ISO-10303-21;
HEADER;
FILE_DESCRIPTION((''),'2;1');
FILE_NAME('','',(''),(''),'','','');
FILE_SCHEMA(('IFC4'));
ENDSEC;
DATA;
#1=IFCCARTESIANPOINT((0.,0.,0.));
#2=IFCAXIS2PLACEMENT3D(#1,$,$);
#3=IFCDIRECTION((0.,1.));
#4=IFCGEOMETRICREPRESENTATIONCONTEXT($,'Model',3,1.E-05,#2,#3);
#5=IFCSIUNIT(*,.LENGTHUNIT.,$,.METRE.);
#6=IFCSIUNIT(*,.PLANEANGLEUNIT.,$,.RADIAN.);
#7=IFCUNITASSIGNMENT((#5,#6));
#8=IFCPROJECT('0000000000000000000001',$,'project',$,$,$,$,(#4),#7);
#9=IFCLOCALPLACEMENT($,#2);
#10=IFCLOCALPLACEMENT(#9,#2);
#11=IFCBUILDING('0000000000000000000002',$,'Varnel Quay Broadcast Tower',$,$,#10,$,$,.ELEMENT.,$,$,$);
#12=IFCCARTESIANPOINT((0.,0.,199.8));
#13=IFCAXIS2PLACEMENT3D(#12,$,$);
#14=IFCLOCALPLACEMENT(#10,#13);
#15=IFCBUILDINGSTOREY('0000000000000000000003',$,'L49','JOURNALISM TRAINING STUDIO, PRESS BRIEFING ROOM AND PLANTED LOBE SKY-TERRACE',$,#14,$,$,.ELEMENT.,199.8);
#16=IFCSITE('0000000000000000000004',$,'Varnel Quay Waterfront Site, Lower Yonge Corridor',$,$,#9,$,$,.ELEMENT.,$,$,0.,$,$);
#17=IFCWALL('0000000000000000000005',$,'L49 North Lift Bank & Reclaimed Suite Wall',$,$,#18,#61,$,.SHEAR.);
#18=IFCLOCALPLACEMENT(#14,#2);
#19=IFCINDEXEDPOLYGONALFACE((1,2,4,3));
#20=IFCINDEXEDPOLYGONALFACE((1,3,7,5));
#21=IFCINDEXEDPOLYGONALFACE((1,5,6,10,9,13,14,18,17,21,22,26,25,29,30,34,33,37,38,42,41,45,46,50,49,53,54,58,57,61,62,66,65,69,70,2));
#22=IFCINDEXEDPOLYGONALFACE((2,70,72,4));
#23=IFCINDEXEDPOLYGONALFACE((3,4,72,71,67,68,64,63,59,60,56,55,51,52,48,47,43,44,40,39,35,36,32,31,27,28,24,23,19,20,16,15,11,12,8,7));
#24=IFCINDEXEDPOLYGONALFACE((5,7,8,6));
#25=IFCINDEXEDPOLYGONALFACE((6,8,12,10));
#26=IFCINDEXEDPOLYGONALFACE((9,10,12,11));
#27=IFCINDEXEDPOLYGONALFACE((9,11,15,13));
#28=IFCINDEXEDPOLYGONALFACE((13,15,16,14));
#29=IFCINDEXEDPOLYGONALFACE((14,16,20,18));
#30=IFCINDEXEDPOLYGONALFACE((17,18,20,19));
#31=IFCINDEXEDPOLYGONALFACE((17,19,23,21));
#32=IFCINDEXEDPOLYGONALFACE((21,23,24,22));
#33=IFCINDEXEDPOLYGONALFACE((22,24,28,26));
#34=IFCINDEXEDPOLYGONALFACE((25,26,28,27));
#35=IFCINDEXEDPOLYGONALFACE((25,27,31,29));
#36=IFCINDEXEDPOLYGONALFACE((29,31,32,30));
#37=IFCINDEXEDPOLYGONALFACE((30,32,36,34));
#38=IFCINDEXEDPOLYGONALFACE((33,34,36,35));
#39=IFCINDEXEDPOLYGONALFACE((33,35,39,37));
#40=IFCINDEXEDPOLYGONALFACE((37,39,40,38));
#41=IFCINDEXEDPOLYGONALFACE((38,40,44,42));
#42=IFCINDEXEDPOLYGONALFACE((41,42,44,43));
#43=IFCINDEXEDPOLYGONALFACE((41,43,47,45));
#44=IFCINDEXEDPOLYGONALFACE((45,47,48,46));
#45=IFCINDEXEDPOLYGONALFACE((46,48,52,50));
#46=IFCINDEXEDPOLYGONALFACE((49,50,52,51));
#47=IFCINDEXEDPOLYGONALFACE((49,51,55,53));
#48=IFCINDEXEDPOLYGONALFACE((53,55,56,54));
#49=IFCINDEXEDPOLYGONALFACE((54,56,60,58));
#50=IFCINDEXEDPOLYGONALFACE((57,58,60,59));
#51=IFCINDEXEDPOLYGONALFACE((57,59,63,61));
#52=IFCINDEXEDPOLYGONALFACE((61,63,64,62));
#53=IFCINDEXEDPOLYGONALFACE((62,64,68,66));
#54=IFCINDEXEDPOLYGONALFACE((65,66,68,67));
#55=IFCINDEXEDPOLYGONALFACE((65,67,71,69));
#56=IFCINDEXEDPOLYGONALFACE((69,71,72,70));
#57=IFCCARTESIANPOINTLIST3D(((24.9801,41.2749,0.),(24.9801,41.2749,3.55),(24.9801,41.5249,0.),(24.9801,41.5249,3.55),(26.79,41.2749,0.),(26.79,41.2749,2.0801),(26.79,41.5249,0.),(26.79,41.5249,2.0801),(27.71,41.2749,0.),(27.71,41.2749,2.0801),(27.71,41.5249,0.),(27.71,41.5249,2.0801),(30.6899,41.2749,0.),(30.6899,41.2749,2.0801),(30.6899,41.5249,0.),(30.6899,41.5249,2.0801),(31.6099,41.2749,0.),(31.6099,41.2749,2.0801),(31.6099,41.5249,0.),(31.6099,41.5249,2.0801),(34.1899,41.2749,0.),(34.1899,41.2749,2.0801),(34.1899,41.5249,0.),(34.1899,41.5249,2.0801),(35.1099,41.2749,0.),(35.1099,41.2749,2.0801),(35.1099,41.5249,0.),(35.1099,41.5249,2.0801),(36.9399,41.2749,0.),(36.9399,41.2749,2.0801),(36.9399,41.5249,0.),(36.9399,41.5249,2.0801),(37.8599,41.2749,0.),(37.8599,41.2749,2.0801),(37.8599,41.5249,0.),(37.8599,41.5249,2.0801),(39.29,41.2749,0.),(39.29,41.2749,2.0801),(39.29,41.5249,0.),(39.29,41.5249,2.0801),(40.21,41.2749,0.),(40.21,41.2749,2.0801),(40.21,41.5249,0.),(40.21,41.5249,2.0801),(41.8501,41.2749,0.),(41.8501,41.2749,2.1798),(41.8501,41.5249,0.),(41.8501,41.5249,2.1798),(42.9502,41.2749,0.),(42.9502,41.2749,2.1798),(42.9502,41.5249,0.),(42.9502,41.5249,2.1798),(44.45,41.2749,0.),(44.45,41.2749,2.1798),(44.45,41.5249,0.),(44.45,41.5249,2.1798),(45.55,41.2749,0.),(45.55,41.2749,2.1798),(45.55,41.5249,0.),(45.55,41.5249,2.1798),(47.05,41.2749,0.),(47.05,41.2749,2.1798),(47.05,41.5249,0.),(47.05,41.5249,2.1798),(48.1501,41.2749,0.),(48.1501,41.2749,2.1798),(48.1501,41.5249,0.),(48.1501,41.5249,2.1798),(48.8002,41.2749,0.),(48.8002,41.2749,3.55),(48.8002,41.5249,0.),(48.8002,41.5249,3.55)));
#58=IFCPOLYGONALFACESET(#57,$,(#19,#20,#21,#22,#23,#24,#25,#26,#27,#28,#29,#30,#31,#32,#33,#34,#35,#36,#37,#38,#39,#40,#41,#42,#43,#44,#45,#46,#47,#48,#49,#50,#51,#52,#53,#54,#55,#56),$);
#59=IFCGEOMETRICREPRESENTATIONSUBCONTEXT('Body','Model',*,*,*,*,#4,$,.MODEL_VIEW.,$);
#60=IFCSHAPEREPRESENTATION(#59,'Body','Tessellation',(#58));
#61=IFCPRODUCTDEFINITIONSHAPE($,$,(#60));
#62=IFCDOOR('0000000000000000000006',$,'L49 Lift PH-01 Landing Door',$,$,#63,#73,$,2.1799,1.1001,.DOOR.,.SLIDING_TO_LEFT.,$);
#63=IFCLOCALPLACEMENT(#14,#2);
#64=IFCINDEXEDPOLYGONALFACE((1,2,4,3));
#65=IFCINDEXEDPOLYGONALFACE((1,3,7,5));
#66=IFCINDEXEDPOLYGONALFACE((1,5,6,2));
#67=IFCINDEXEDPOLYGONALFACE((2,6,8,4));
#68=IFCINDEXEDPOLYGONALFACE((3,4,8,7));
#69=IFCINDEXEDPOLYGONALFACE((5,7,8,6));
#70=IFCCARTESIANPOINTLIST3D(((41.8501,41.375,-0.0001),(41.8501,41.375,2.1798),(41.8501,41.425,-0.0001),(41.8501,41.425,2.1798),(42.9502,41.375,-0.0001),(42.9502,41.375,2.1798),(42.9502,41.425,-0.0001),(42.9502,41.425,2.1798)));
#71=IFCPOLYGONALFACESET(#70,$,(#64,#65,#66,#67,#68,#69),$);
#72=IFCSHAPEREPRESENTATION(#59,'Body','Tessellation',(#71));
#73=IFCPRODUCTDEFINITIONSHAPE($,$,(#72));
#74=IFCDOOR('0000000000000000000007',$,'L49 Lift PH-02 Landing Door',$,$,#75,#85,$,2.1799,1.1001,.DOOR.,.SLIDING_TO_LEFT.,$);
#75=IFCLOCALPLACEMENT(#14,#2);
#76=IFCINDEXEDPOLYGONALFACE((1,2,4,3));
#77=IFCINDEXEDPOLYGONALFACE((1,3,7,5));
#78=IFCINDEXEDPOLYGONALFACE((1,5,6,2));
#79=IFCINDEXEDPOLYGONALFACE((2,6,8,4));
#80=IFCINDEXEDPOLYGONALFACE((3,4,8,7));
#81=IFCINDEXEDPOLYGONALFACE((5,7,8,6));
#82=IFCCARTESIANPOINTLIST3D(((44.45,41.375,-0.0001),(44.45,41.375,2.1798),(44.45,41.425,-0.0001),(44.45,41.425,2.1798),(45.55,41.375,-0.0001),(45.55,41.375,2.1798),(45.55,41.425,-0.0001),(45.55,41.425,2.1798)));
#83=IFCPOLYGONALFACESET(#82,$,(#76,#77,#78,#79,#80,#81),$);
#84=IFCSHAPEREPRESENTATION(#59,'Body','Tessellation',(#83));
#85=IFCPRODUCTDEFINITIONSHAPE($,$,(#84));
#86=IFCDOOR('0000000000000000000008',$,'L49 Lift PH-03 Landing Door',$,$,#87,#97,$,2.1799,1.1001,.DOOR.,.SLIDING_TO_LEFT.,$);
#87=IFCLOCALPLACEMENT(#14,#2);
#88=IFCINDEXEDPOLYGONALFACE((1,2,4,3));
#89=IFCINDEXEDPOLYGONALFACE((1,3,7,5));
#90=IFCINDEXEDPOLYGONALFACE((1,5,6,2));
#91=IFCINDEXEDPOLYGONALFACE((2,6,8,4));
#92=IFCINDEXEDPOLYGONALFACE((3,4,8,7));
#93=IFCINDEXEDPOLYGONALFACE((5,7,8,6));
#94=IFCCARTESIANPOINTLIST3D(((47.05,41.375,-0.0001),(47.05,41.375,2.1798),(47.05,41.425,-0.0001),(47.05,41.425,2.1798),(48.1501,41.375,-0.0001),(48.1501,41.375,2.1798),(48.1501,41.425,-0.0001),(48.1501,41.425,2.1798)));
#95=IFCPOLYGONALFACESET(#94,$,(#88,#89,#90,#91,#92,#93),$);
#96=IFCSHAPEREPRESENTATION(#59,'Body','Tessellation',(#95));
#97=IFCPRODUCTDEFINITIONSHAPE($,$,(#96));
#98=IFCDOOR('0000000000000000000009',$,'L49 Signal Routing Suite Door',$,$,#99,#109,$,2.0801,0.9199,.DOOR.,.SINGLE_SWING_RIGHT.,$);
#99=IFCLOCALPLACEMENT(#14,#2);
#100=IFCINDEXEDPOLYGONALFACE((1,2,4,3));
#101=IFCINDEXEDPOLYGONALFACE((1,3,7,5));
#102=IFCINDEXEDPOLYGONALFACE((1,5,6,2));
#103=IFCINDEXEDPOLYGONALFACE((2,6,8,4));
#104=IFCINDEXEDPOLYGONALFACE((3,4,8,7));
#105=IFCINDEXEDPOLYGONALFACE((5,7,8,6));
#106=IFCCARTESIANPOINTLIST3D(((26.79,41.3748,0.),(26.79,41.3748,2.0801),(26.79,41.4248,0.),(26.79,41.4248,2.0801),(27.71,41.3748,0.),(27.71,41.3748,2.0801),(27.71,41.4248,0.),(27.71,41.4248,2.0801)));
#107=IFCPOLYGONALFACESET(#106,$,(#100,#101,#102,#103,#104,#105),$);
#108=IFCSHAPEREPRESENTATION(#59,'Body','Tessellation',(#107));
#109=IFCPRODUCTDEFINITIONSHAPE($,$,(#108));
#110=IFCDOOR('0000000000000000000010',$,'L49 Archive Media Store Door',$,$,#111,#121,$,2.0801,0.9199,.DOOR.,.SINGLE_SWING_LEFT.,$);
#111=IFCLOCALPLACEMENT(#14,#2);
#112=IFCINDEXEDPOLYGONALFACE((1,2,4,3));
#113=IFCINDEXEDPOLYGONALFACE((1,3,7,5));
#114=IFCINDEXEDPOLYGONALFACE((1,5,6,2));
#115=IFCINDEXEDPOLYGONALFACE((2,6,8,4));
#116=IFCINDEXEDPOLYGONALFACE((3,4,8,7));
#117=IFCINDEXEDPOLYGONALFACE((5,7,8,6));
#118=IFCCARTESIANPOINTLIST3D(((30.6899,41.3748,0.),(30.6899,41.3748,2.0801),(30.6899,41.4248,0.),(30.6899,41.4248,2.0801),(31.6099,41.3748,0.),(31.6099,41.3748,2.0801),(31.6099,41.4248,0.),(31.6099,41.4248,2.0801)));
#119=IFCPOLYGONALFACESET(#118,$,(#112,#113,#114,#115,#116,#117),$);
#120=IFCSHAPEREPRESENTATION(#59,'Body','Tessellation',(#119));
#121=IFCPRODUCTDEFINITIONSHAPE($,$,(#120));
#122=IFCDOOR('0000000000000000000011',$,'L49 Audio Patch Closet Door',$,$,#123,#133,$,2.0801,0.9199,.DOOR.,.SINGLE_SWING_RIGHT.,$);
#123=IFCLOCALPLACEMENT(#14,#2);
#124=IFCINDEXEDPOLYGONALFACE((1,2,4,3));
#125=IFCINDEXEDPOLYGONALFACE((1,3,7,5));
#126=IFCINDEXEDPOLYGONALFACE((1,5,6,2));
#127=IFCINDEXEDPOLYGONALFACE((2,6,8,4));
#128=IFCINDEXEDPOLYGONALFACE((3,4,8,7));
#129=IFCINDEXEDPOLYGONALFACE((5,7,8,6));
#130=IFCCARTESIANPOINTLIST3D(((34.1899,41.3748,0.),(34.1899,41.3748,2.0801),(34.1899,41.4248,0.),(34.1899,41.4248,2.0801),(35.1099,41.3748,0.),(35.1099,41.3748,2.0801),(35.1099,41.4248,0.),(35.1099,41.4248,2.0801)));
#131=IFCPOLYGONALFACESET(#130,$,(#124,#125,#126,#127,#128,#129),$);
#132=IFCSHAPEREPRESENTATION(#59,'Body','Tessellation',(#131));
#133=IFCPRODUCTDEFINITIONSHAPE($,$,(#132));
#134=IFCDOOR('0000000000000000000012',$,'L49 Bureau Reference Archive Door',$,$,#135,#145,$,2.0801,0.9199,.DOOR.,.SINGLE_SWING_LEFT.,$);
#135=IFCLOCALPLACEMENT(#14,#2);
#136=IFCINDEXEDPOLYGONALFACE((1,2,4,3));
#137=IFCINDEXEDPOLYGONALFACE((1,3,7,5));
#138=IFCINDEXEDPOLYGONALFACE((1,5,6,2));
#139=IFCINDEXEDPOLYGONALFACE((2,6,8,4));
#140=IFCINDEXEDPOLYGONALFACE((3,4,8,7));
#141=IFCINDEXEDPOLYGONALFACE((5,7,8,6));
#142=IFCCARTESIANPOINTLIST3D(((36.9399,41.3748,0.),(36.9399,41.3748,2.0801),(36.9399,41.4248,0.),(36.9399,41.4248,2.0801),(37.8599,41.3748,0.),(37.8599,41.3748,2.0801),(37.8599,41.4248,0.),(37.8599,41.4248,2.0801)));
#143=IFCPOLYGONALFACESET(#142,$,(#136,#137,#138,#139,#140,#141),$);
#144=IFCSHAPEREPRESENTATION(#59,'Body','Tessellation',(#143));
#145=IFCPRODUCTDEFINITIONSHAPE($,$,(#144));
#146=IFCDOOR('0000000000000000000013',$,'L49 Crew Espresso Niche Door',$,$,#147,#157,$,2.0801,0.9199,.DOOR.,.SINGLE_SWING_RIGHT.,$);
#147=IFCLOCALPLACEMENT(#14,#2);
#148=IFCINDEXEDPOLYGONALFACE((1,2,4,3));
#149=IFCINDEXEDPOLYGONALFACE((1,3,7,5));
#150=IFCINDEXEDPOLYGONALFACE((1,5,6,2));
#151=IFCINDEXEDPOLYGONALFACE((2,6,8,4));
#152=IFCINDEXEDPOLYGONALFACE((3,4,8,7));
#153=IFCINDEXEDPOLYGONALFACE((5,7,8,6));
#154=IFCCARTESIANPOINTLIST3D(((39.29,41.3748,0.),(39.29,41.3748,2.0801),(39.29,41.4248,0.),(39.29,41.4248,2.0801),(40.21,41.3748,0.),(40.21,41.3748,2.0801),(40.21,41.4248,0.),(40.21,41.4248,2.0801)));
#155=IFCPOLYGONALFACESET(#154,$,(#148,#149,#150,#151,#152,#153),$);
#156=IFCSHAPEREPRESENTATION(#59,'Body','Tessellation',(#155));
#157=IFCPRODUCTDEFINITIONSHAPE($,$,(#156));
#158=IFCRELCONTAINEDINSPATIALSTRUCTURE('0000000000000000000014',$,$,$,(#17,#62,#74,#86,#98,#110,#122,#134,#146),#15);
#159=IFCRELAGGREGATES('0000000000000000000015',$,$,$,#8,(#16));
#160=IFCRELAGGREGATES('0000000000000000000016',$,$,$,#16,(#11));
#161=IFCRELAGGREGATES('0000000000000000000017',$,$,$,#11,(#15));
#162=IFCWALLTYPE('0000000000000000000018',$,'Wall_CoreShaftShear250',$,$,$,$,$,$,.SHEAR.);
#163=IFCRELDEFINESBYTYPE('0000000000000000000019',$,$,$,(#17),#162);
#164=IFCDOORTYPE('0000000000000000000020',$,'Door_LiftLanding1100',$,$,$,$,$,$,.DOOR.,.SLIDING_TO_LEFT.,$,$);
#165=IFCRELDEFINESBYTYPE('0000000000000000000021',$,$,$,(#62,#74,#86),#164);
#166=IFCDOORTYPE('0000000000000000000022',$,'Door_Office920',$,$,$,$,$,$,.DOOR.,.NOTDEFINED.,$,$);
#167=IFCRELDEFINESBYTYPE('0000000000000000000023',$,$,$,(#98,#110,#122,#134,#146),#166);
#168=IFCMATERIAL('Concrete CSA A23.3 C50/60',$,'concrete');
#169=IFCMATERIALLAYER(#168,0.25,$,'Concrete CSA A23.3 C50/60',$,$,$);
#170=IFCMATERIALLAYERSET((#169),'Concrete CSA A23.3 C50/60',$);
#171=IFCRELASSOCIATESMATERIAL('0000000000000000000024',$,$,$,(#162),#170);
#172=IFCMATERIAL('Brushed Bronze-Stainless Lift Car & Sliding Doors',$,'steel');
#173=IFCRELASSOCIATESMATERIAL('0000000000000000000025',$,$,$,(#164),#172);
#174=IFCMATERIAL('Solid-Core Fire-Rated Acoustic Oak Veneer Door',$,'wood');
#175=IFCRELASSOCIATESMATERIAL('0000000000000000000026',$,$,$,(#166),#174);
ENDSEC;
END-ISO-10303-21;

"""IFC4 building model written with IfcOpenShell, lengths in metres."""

from ifc_helpers import new_model, si_unit, direction, frame, frame_2d, origin, place, context, subcontext, project, spatial, rectangle, extrude, source, transform, mapped, material, layer, layer_set, type_object, type_shapes, element, fill, save


model = new_model("IFC4")

# Units and contexts
model_context = context("Model", 3, precision=1e-05, world=origin(), true_north=direction((0.0, 1.0)))
body_context = subcontext(model_context, "Body", "Model", "MODEL_VIEW")
ifc_project = project(units=[si_unit("LENGTHUNIT", "METRE"), si_unit("PLANEANGLEUNIT", "RADIAN")], contexts=[model_context])

# Site, building, storey
site_placement = place(None, origin())
site = spatial("IfcSite", under=ifc_project, at=site_placement, Name="Varnel Quay Waterfront Site, Lower Yonge Corridor", CompositionType="ELEMENT", RefElevation=0.0)
building_placement = place(site_placement, origin())
building = spatial("IfcBuilding", under=site, at=building_placement, Name="Varnel Quay Broadcast Tower", CompositionType="ELEMENT")
storey_placement = place(building_placement, frame((0.0, 0.0, 199.8)))
storey = spatial("IfcBuildingStorey", under=building, at=storey_placement, Name="L49", Description="JOURNALISM TRAINING STUDIO, PRESS BRIEFING ROOM AND PLANTED LOBE SKY-TERRACE", CompositionType="ELEMENT", Elevation=199.8)

# Shared definitions
ifc_material_1 = material(Name="Concrete CSA A23.3 C50/60", Category="concrete")

# Wall, openings, doors
ifc_layer_1 = layer(ifc_material_1, 0.25, Name="Concrete CSA A23.3 C50/60")
ifc_layer_set_1 = layer_set([ifc_layer_1], Name="Concrete CSA A23.3 C50/60")
wall_type_1 = type_object("IfcWallType", Name="Wall_CoreShaftShear250", PredefinedType="SHEAR", material=ifc_layer_set_1)
wall_1_placement = place(storey_placement, frame((24.98, 41.3999, 0.0), z_axis=(0.0, 0.0, 1.0), x_axis=(1.0, 0.0, 0.0)))
wall_1 = element("IfcWall", 1, at=wall_1_placement, inside=storey, type_object=wall_type_1, Name="L49 North Lift Bank & Reclaimed Suite Wall", PredefinedType="SHEAR", context=body_context, shape_type="SweptSolid", body=[
    extrude(rectangle(XDim=23.8201, YDim=0.25, at=frame_2d((11.9102, 0.0))), origin(), (0.0, 0.0, 1.0), 3.55),
])
opening_1_placement = place(wall_1_placement, frame((16.8701, 0.0, 0.0)))
opening_1 = element("IfcOpeningElement", 2, at=opening_1_placement, cuts=wall_1, PredefinedType="OPENING", context=body_context, shape_type="SweptSolid", body=[
    extrude(rectangle(XDim=1.1001, YDim=2.1799, at=frame_2d((0.55, 1.0898))), frame((0.0, 0.135, 0.0), z_axis=(0.0, -1.0, 0.0), x_axis=(1.0, 0.0, 0.0)), (0.0, 0.0, 1.0), 0.27),
])
opening_2_placement = place(wall_1_placement, frame((19.47, 0.0, 0.0)))
opening_2 = element("IfcOpeningElement", 3, at=opening_2_placement, cuts=wall_1, PredefinedType="OPENING", context=body_context, shape_type="SweptSolid", body=[
    extrude(rectangle(XDim=1.1001, YDim=2.1799, at=frame_2d((0.55, 1.0898))), frame((0.0, 0.135, 0.0), z_axis=(0.0, -1.0, 0.0), x_axis=(1.0, 0.0, 0.0)), (0.0, 0.0, 1.0), 0.27),
])
opening_3_placement = place(wall_1_placement, frame((22.0701, 0.0, 0.0)))
opening_3 = element("IfcOpeningElement", 4, at=opening_3_placement, cuts=wall_1, PredefinedType="OPENING", context=body_context, shape_type="SweptSolid", body=[
    extrude(rectangle(XDim=1.1001, YDim=2.1799, at=frame_2d((0.55, 1.0898))), frame((0.0, 0.135, 0.0), z_axis=(0.0, -1.0, 0.0), x_axis=(1.0, 0.0, 0.0)), (0.0, 0.0, 1.0), 0.27),
])
opening_4_placement = place(wall_1_placement, frame((1.8101, 0.0, 0.0)))
opening_4 = element("IfcOpeningElement", 5, at=opening_4_placement, cuts=wall_1, PredefinedType="OPENING", context=body_context, shape_type="SweptSolid", body=[
    extrude(rectangle(XDim=0.9199, YDim=2.0801, at=frame_2d((0.46, 1.04))), frame((0.0, 0.135, 0.0), z_axis=(0.0, -1.0, 0.0), x_axis=(1.0, 0.0, 0.0)), (0.0, 0.0, 1.0), 0.27),
])
opening_5_placement = place(wall_1_placement, frame((5.71, 0.0, 0.0)))
opening_5 = element("IfcOpeningElement", 6, at=opening_5_placement, cuts=wall_1, PredefinedType="OPENING", context=body_context, shape_type="SweptSolid", body=[
    extrude(rectangle(XDim=0.9199, YDim=2.0801, at=frame_2d((0.46, 1.04))), frame((0.0, 0.135, 0.0), z_axis=(0.0, -1.0, 0.0), x_axis=(1.0, 0.0, 0.0)), (0.0, 0.0, 1.0), 0.27),
])
opening_6_placement = place(wall_1_placement, frame((9.21, 0.0, 0.0)))
opening_6 = element("IfcOpeningElement", 7, at=opening_6_placement, cuts=wall_1, PredefinedType="OPENING", context=body_context, shape_type="SweptSolid", body=[
    extrude(rectangle(XDim=0.9199, YDim=2.0801, at=frame_2d((0.46, 1.04))), frame((0.0, 0.135, 0.0), z_axis=(0.0, -1.0, 0.0), x_axis=(1.0, 0.0, 0.0)), (0.0, 0.0, 1.0), 0.27),
])
opening_7_placement = place(wall_1_placement, frame((11.96, 0.0, 0.0)))
opening_7 = element("IfcOpeningElement", 8, at=opening_7_placement, cuts=wall_1, PredefinedType="OPENING", context=body_context, shape_type="SweptSolid", body=[
    extrude(rectangle(XDim=0.9199, YDim=2.0801, at=frame_2d((0.46, 1.04))), frame((0.0, 0.135, 0.0), z_axis=(0.0, -1.0, 0.0), x_axis=(1.0, 0.0, 0.0)), (0.0, 0.0, 1.0), 0.27),
])
opening_8_placement = place(wall_1_placement, frame((14.3101, 0.0, 0.0)))
opening_8 = element("IfcOpeningElement", 9, at=opening_8_placement, cuts=wall_1, PredefinedType="OPENING", context=body_context, shape_type="SweptSolid", body=[
    extrude(rectangle(XDim=0.9199, YDim=2.0801, at=frame_2d((0.46, 1.04))), frame((0.0, 0.135, 0.0), z_axis=(0.0, -1.0, 0.0), x_axis=(1.0, 0.0, 0.0)), (0.0, 0.0, 1.0), 0.27),
])
ifc_material_2 = material(Name="Brushed Bronze-Stainless Lift Car & Sliding Doors", Category="steel")
door_type_1 = type_object("IfcDoorType", Name="Door_LiftLanding1100", OperationType="SLIDING_TO_LEFT", PredefinedType="DOOR", material=ifc_material_2)
shared_shape_1 = source(origin(), body_context, "Body", "SweptSolid", [
    extrude(rectangle(XDim=1.1001, YDim=2.1799, at=frame_2d((0.55, 1.0898))), frame((0.0, 0.0249, 0.0), z_axis=(0.0, -1.0, 0.0), x_axis=(1.0, 0.0, 0.0)), (0.0, 0.0, 1.0), 0.05),
])
type_shapes(door_type_1, [shared_shape_1])
door_1_placement = place(opening_1_placement, frame((1.1001, 0.0, 0.0), z_axis=(0.0, 0.0, 1.0), x_axis=(-1.0, 0.0, 0.0)))
door_1 = element("IfcDoor", 10, at=door_1_placement, inside=storey, type_object=door_type_1, Name="L49 Lift PH-01 Landing Door", OperationType="SLIDING_TO_LEFT", OverallHeight=2.1799, OverallWidth=1.1001, PredefinedType="DOOR", context=body_context, shape_type="MappedRepresentation", body=[
    mapped(shared_shape_1, transform((0.0, 0.0, 0.0), x_axis=(1.0, 0.0, 0.0), y_axis=(0.0, 1.0, 0.0), z_axis=(0.0, 0.0, 1.0), scale=1.0)),
])
fill(opening_1, door_1)
door_2_placement = place(opening_2_placement, frame((1.1001, 0.0, 0.0), z_axis=(0.0, 0.0, 1.0), x_axis=(-1.0, 0.0, 0.0)))
door_2 = element("IfcDoor", 11, at=door_2_placement, inside=storey, type_object=door_type_1, Name="L49 Lift PH-02 Landing Door", OperationType="SLIDING_TO_LEFT", OverallHeight=2.1799, OverallWidth=1.1001, PredefinedType="DOOR", context=body_context, shape_type="MappedRepresentation", body=[
    mapped(shared_shape_1, transform((0.0, 0.0, 0.0), x_axis=(1.0, 0.0, 0.0), y_axis=(0.0, 1.0, 0.0), z_axis=(0.0, 0.0, 1.0), scale=1.0)),
])
fill(opening_2, door_2)
door_3_placement = place(opening_3_placement, frame((1.1001, 0.0, 0.0), z_axis=(0.0, 0.0, 1.0), x_axis=(-1.0, 0.0, 0.0)))
door_3 = element("IfcDoor", 12, at=door_3_placement, inside=storey, type_object=door_type_1, Name="L49 Lift PH-03 Landing Door", OperationType="SLIDING_TO_LEFT", OverallHeight=2.1799, OverallWidth=1.1001, PredefinedType="DOOR", context=body_context, shape_type="MappedRepresentation", body=[
    mapped(shared_shape_1, transform((0.0, 0.0, 0.0), x_axis=(1.0, 0.0, 0.0), y_axis=(0.0, 1.0, 0.0), z_axis=(0.0, 0.0, 1.0), scale=1.0)),
])
fill(opening_3, door_3)
ifc_material_3 = material(Name="Solid-Core Fire-Rated Acoustic Oak Veneer Door", Category="wood")
door_type_2 = type_object("IfcDoorType", Name="Door_Office920", OperationType="NOTDEFINED", PredefinedType="DOOR", material=ifc_material_3)
shared_shape_2 = source(origin(), body_context, "Body", "SweptSolid", [
    extrude(rectangle(XDim=0.9199, YDim=2.0801, at=frame_2d((0.46, 1.04))), frame((0.0, 0.0249, 0.0), z_axis=(0.0, -1.0, 0.0), x_axis=(1.0, 0.0, 0.0)), (0.0, 0.0, 1.0), 0.05),
])
type_shapes(door_type_2, [shared_shape_2])
door_4_placement = place(opening_4_placement, origin())
door_4 = element("IfcDoor", 13, at=door_4_placement, inside=storey, type_object=door_type_2, Name="L49 Signal Routing Suite Door", OperationType="SINGLE_SWING_RIGHT", OverallHeight=2.0801, OverallWidth=0.9199, PredefinedType="DOOR", context=body_context, shape_type="MappedRepresentation", body=[
    mapped(shared_shape_2, transform((0.0, 0.0, 0.0), x_axis=(1.0, 0.0, 0.0), y_axis=(0.0, 1.0, 0.0), z_axis=(0.0, 0.0, 1.0), scale=1.0)),
])
fill(opening_4, door_4)
door_5_placement = place(opening_5_placement, origin())
door_5 = element("IfcDoor", 14, at=door_5_placement, inside=storey, type_object=door_type_2, Name="L49 Archive Media Store Door", OperationType="SINGLE_SWING_LEFT", OverallHeight=2.0801, OverallWidth=0.9199, PredefinedType="DOOR", context=body_context, shape_type="MappedRepresentation", body=[
    mapped(shared_shape_2, transform((0.0, 0.0, 0.0), x_axis=(1.0, 0.0, 0.0), y_axis=(0.0, 1.0, 0.0), z_axis=(0.0, 0.0, 1.0), scale=1.0)),
])
fill(opening_5, door_5)
door_6_placement = place(opening_6_placement, origin())
door_6 = element("IfcDoor", 15, at=door_6_placement, inside=storey, type_object=door_type_2, Name="L49 Audio Patch Closet Door", OperationType="SINGLE_SWING_RIGHT", OverallHeight=2.0801, OverallWidth=0.9199, PredefinedType="DOOR", context=body_context, shape_type="MappedRepresentation", body=[
    mapped(shared_shape_2, transform((0.0, 0.0, 0.0), x_axis=(1.0, 0.0, 0.0), y_axis=(0.0, 1.0, 0.0), z_axis=(0.0, 0.0, 1.0), scale=1.0)),
])
fill(opening_6, door_6)
door_7_placement = place(opening_7_placement, origin())
door_7 = element("IfcDoor", 16, at=door_7_placement, inside=storey, type_object=door_type_2, Name="L49 Bureau Reference Archive Door", OperationType="SINGLE_SWING_LEFT", OverallHeight=2.0801, OverallWidth=0.9199, PredefinedType="DOOR", context=body_context, shape_type="MappedRepresentation", body=[
    mapped(shared_shape_2, transform((0.0, 0.0, 0.0), x_axis=(1.0, 0.0, 0.0), y_axis=(0.0, 1.0, 0.0), z_axis=(0.0, 0.0, 1.0), scale=1.0)),
])
fill(opening_7, door_7)
door_8_placement = place(opening_8_placement, origin())
door_8 = element("IfcDoor", 17, at=door_8_placement, inside=storey, type_object=door_type_2, Name="L49 Crew Espresso Niche Door", OperationType="SINGLE_SWING_RIGHT", OverallHeight=2.0801, OverallWidth=0.9199, PredefinedType="DOOR", context=body_context, shape_type="MappedRepresentation", body=[
    mapped(shared_shape_2, transform((0.0, 0.0, 0.0), x_axis=(1.0, 0.0, 0.0), y_axis=(0.0, 1.0, 0.0), z_axis=(0.0, 0.0, 1.0), scale=1.0)),
])
fill(opening_8, door_8)

save(model, "model.ifc")
